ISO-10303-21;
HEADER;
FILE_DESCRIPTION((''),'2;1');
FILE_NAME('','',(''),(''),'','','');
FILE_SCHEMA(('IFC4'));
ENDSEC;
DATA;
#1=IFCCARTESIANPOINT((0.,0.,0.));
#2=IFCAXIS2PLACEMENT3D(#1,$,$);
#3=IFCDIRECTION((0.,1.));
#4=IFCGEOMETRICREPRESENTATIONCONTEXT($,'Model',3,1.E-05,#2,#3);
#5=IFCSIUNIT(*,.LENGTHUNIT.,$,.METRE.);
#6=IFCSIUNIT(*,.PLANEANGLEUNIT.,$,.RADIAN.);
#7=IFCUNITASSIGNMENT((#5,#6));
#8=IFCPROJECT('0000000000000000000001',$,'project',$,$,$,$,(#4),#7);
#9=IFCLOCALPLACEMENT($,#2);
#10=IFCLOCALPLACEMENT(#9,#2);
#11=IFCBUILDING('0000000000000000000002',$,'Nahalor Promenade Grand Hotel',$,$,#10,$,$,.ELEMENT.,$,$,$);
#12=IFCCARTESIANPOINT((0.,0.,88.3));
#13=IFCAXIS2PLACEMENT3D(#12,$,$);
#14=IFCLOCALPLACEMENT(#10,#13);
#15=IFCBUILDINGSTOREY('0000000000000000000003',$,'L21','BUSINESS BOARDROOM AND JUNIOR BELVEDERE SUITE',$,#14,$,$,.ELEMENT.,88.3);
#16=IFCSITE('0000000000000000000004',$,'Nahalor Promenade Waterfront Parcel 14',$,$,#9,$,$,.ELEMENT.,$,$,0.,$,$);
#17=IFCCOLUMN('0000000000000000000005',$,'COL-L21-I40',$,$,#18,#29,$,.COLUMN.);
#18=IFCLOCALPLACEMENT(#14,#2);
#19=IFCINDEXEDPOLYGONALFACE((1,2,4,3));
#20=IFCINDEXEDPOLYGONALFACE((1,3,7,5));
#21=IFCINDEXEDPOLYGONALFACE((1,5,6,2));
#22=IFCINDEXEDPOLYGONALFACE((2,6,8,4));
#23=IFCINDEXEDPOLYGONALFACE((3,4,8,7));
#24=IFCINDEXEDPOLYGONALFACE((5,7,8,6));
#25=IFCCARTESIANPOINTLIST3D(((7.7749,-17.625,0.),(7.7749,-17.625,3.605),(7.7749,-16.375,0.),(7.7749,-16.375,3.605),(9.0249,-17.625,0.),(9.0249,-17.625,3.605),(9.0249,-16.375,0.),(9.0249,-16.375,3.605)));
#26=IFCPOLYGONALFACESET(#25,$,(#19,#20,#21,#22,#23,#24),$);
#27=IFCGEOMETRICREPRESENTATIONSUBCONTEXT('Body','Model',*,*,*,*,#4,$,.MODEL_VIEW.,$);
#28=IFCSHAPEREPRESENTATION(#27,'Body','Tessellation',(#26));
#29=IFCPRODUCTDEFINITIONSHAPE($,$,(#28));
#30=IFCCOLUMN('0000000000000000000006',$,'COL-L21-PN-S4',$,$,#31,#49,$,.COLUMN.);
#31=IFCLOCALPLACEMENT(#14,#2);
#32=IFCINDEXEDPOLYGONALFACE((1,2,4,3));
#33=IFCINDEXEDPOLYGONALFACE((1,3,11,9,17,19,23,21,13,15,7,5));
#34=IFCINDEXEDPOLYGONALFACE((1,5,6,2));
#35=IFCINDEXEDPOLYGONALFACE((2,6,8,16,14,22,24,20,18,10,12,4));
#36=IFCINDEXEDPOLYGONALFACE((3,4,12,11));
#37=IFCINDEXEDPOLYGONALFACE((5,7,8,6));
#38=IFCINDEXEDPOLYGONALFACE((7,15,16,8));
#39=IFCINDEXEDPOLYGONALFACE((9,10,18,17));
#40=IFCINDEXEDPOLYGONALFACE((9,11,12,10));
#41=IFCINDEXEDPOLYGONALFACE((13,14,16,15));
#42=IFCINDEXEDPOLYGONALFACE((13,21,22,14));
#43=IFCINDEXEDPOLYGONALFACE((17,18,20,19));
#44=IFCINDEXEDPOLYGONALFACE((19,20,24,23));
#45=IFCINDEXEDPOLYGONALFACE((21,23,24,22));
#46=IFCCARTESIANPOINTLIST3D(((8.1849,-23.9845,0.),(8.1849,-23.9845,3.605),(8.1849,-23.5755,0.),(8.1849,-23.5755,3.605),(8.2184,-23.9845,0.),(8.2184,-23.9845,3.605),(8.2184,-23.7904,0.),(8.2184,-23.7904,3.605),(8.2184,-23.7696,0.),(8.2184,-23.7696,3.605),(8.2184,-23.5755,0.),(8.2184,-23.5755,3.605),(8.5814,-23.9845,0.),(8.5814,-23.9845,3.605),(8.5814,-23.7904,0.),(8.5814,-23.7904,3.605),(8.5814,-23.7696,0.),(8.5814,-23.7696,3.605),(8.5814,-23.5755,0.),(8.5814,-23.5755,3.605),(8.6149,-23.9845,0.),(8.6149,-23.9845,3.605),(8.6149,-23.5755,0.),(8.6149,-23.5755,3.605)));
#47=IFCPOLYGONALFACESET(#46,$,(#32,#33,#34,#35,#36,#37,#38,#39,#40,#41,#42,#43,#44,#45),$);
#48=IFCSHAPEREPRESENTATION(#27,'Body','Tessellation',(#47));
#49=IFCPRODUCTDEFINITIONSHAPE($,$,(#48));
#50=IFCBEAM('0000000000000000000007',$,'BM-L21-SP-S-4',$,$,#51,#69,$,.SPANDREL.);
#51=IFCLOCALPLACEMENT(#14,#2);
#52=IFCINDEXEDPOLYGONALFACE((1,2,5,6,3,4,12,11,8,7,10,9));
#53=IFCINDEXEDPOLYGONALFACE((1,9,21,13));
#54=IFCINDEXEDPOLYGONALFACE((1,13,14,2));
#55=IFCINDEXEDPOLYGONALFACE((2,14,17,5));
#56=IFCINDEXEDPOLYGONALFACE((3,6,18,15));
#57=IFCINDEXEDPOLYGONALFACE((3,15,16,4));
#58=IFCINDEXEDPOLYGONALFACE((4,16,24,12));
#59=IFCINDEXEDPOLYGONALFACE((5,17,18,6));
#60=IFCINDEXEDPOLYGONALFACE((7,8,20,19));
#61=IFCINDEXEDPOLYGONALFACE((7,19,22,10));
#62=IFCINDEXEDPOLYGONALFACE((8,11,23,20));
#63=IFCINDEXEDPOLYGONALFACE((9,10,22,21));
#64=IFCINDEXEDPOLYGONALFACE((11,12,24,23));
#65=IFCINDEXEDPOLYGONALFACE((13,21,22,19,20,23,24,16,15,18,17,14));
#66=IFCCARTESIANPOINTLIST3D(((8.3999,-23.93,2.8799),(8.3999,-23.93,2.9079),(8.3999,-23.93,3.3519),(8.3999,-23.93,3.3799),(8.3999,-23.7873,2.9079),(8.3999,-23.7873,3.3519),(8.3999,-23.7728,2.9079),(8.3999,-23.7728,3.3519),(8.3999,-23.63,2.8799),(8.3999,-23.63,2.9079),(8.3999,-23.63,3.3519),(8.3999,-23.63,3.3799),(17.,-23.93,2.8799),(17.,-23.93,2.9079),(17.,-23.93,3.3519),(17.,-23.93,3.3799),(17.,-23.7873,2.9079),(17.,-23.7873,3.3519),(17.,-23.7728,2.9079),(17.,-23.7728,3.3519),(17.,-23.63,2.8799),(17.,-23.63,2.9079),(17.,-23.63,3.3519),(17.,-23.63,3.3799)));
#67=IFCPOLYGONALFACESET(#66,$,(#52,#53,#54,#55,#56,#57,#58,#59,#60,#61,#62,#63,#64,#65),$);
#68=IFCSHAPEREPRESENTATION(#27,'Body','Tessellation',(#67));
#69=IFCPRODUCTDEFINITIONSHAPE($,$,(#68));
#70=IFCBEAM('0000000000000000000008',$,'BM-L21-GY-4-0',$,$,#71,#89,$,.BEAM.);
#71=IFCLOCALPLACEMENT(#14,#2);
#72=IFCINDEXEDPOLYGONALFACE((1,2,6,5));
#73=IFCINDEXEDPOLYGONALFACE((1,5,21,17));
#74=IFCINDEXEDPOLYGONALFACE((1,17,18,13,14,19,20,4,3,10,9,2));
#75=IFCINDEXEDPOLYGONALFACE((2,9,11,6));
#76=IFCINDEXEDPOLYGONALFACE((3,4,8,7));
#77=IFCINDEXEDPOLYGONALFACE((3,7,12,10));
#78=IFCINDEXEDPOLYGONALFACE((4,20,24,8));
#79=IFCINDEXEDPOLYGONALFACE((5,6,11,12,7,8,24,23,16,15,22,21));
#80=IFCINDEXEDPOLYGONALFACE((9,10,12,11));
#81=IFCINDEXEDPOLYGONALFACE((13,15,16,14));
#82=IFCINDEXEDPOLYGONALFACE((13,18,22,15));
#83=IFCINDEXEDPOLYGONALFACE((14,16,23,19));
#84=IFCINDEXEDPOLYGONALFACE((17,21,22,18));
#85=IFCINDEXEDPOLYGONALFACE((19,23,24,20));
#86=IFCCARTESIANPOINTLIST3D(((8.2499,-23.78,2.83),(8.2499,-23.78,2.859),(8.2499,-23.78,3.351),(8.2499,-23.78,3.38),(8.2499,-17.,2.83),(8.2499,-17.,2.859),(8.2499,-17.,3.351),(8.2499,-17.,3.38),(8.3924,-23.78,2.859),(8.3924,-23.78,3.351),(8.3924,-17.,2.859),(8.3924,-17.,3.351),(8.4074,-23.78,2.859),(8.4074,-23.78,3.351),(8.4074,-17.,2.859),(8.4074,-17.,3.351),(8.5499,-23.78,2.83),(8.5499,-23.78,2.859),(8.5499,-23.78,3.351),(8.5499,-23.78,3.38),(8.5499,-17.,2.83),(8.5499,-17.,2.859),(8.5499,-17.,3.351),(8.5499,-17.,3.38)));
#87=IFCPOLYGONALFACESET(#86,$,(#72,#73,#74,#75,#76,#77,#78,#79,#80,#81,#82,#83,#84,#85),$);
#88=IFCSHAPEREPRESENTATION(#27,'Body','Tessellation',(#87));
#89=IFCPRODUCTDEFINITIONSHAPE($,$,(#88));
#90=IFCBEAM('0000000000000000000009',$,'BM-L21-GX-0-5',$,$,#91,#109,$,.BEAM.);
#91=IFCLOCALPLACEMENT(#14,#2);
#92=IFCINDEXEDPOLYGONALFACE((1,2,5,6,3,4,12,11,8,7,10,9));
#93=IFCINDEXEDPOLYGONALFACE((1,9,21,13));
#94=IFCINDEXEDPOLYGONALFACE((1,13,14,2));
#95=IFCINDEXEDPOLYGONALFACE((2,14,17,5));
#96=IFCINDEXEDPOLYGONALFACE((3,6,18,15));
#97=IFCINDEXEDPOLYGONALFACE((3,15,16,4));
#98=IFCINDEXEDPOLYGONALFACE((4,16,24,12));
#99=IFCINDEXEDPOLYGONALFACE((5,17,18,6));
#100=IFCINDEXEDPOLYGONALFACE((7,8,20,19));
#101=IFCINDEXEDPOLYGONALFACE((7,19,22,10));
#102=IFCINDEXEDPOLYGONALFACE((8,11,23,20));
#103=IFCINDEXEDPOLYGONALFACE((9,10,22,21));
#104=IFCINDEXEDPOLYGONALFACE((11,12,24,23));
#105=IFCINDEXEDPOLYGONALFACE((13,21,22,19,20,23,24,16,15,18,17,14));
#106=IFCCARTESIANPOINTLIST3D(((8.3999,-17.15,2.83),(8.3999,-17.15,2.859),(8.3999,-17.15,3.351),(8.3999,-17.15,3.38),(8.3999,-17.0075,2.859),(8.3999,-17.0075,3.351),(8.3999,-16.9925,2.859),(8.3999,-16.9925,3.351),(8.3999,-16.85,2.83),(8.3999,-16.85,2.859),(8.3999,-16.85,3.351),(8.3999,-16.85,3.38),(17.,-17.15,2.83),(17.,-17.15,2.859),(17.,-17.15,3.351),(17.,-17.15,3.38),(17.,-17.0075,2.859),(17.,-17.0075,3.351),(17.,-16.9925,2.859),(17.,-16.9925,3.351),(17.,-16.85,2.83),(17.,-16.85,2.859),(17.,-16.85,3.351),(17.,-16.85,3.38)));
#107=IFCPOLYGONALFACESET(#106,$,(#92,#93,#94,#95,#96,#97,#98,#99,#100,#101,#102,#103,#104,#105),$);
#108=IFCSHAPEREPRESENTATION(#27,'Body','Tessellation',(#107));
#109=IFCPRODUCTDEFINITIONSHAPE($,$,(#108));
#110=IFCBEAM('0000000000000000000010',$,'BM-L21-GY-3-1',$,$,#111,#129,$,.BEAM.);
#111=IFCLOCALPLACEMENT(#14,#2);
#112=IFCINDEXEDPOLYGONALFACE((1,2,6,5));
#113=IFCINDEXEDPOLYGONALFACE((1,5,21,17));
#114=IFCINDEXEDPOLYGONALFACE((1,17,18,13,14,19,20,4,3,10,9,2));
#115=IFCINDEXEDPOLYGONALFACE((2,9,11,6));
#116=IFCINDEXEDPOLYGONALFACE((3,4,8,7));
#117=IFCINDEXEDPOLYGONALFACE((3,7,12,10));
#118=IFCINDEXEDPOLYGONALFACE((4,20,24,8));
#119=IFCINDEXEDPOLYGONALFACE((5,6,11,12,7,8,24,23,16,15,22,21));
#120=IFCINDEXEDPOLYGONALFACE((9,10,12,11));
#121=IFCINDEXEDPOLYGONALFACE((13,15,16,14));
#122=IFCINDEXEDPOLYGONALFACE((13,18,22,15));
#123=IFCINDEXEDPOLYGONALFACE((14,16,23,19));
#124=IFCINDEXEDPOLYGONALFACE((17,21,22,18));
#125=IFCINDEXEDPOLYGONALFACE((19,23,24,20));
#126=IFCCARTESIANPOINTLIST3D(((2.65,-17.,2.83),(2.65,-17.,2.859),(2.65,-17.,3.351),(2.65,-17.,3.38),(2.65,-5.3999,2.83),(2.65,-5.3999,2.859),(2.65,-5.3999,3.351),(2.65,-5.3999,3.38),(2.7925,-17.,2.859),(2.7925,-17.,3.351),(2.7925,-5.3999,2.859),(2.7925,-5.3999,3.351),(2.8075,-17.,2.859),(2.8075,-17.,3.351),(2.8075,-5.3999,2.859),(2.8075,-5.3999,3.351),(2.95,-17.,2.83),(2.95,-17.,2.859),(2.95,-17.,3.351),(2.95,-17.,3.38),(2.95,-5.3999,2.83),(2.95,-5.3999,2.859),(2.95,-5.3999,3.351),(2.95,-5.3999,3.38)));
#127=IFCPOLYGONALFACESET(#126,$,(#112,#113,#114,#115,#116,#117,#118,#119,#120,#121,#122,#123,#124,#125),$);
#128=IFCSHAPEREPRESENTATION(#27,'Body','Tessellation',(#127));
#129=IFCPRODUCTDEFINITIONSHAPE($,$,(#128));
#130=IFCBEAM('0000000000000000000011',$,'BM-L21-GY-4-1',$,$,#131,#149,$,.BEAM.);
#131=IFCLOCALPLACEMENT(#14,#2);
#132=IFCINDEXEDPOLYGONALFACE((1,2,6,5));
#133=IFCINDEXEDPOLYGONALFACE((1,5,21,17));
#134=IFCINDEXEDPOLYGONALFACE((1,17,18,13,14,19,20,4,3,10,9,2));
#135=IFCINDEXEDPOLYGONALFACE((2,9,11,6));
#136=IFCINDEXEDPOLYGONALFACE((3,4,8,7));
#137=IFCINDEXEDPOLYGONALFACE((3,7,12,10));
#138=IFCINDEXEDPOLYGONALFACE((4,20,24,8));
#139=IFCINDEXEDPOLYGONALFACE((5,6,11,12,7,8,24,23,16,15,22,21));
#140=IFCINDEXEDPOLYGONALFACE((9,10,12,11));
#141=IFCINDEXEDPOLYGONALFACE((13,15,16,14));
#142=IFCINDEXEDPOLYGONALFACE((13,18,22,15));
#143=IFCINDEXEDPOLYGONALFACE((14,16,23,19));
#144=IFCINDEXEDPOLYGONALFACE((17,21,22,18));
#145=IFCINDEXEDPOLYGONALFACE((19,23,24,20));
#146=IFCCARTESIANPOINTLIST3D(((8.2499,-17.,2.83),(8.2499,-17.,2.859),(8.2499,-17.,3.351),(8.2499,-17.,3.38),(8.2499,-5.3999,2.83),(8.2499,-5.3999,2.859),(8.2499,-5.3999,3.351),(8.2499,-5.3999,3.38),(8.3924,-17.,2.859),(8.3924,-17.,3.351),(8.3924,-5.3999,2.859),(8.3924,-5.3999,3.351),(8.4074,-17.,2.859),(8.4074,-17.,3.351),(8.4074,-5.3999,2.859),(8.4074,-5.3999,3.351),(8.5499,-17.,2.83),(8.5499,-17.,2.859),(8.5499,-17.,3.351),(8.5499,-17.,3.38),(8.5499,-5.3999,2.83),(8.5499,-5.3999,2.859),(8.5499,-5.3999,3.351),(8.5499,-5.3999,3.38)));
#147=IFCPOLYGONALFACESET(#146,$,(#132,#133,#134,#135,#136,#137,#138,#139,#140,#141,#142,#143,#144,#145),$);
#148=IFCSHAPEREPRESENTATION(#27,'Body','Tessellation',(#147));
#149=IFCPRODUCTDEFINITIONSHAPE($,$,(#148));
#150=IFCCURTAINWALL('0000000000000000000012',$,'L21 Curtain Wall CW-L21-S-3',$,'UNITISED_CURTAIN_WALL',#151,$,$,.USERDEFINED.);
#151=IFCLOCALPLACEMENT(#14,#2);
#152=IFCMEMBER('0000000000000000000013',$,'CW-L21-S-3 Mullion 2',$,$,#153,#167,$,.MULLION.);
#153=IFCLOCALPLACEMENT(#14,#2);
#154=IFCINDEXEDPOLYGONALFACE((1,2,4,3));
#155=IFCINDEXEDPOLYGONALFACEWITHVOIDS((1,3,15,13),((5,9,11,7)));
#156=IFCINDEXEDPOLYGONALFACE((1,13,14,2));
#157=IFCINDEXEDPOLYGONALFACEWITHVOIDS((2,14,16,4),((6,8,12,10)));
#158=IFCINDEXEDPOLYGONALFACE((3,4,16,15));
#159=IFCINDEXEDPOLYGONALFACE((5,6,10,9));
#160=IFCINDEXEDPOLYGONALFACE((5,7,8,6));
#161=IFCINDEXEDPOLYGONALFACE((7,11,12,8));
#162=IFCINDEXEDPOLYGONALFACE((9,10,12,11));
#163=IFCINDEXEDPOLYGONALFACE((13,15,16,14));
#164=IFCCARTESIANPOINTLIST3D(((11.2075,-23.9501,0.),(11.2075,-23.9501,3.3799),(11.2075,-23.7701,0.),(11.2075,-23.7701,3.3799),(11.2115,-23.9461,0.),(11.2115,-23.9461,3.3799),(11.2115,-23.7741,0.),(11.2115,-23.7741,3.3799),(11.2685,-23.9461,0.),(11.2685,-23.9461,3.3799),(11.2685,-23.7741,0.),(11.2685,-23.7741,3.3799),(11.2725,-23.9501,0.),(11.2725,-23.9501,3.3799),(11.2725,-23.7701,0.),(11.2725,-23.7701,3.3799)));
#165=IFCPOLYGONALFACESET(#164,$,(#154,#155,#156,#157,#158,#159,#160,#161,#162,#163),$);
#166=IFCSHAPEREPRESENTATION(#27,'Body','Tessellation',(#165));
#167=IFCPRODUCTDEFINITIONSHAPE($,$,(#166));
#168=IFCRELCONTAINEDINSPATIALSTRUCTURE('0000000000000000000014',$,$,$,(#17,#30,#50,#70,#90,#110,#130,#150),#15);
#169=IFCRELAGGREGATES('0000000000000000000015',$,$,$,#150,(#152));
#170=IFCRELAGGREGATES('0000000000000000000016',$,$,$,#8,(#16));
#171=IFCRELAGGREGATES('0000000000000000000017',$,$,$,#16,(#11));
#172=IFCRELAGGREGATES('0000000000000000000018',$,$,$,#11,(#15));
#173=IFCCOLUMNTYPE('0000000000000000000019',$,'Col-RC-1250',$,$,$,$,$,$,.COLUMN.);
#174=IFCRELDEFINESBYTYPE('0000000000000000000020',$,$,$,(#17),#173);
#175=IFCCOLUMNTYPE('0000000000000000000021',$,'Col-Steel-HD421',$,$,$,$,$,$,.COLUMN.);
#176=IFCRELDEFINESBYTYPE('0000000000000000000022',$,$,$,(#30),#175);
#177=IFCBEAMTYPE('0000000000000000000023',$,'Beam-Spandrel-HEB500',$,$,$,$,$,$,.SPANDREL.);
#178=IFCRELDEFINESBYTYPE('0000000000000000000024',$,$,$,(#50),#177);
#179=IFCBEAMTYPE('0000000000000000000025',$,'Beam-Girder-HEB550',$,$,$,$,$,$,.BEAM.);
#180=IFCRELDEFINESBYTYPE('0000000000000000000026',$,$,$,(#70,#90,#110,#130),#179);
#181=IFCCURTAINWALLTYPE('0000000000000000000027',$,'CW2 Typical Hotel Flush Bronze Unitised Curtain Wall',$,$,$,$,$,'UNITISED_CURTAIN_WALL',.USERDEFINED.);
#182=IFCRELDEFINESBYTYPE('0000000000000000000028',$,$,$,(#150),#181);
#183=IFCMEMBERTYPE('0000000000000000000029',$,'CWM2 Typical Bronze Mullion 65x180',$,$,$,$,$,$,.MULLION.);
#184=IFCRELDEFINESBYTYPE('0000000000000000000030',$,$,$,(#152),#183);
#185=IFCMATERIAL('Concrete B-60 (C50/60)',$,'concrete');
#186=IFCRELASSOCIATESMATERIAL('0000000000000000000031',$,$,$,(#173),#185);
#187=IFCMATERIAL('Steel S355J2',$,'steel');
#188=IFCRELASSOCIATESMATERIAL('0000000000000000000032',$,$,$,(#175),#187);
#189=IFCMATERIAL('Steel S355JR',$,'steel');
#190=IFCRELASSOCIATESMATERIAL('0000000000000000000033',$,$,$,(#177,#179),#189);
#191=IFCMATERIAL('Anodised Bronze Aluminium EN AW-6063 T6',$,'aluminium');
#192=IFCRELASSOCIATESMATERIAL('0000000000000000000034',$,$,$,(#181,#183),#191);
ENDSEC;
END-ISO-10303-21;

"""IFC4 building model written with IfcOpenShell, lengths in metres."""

from ifc_helpers import new_model, si_unit, direction, frame, origin, origin_2d, place, context, subcontext, project, spatial, rectangle, hollow_rectangle, i_section, extrude, source, transform, mapped, material, material_profile, profile_set, type_object, element, aggregate, save


model = new_model("IFC4")

# Units and contexts
model_context = context("Model", 3, precision=1e-05, world=origin(), true_north=direction((0.0, 1.0)))
body_context = subcontext(model_context, "Body", "Model", "MODEL_VIEW")
ifc_project = project(units=[si_unit("LENGTHUNIT", "METRE"), si_unit("PLANEANGLEUNIT", "RADIAN")], contexts=[model_context])

# Site, building, storey
site_placement = place(None, origin())
site = spatial("IfcSite", under=ifc_project, at=site_placement, Name="Nahalor Promenade Waterfront Parcel 14", CompositionType="ELEMENT", RefElevation=0.0)
building_placement = place(site_placement, origin())
building = spatial("IfcBuilding", under=site, at=building_placement, Name="Nahalor Promenade Grand Hotel", CompositionType="ELEMENT")
storey_placement = place(building_placement, frame((0.0, 0.0, 88.3)))
storey = spatial("IfcBuildingStorey", under=building, at=storey_placement, Name="L21", Description="BUSINESS BOARDROOM AND JUNIOR BELVEDERE SUITE", CompositionType="ELEMENT", Elevation=88.3)

# Columns
ifc_material_1 = material(Name="Concrete B-60 (C50/60)", Category="concrete")
ifc_material_profile_1 = material_profile(ifc_material_1, rectangle(XDim=1.25, YDim=1.25, at=origin_2d()), Name="RC 1250x1250")
ifc_profile_set_1 = profile_set([ifc_material_profile_1], Name="Concrete B-60 (C50/60)")
column_type_1 = type_object("IfcColumnType", Name="Col-RC-1250", PredefinedType="COLUMN", material=ifc_profile_set_1)
shared_shape_1 = source(origin(), body_context, "Body", "SweptSolid", [
    extrude(rectangle(XDim=1.25, YDim=1.25, at=origin_2d()), origin(), (0.0, 0.0, 1.0), 3.605),
])
column_1_placement = place(storey_placement, frame((8.3999, -17.0, 0.0), z_axis=(0.0, 0.0, 1.0), x_axis=(1.0, 0.0, 0.0)))
element("IfcColumn", 1, at=column_1_placement, inside=storey, type_object=column_type_1, Name="COL-L21-I40", PredefinedType="COLUMN", context=body_context, shape_type="MappedRepresentation", body=[
    mapped(shared_shape_1, transform((0.0, 0.0, 0.0), scale=1.0)),
])
ifc_material_2 = material(Name="Steel S355J2", Category="steel")
ifc_material_profile_2 = material_profile(ifc_material_2, i_section(OverallWidth=0.409, OverallDepth=0.43, WebThickness=0.0208, FlangeThickness=0.0335, at=origin_2d()), Name="HD 400x421")
ifc_profile_set_2 = profile_set([ifc_material_profile_2], Name="Steel S355J2")
column_type_2 = type_object("IfcColumnType", Name="Col-Steel-HD421", PredefinedType="COLUMN", material=ifc_profile_set_2)
shared_shape_2 = source(origin(), body_context, "Body", "SweptSolid", [
    extrude(i_section(OverallWidth=0.409, OverallDepth=0.43, WebThickness=0.0208, FlangeThickness=0.0335, at=origin_2d()), origin(), (0.0, 0.0, 1.0), 3.605),
])
column_2_placement = place(storey_placement, frame((8.3999, -23.78, 0.0), z_axis=(0.0, 0.0, 1.0), x_axis=(0.0, 1.0, 0.0)))
element("IfcColumn", 2, at=column_2_placement, inside=storey, type_object=column_type_2, Name="COL-L21-PN-S4", PredefinedType="COLUMN", context=body_context, shape_type="MappedRepresentation", body=[
    mapped(shared_shape_2, transform((0.0, 0.0, 0.0), scale=1.0)),
])

# Beams
ifc_material_3 = material(Name="Steel S355JR", Category="steel")
ifc_material_profile_3 = material_profile(ifc_material_3, i_section(OverallWidth=0.3, OverallDepth=0.5, WebThickness=0.0145, FlangeThickness=0.028, at=origin_2d()), Name="HEB 500")
ifc_profile_set_3 = profile_set([ifc_material_profile_3], Name="Steel S355JR")
beam_type_1 = type_object("IfcBeamType", Name="Beam-Spandrel-HEB500", PredefinedType="SPANDREL", material=ifc_profile_set_3)
shared_shape_3 = source(origin(), body_context, "Body", "SweptSolid", [
    extrude(i_section(OverallWidth=0.3, OverallDepth=0.5, WebThickness=0.0145, FlangeThickness=0.028, at=origin_2d()), origin(), (0.0, 0.0, 1.0), 8.6001),
])
beam_1_placement = place(storey_placement, frame((8.3999, -23.78, 3.1299), z_axis=(1.0, 0.0, 0.0), x_axis=(0.0, 1.0, 0.0)))
element("IfcBeam", 3, at=beam_1_placement, inside=storey, type_object=beam_type_1, Name="BM-L21-SP-S-4", PredefinedType="SPANDREL", context=body_context, shape_type="MappedRepresentation", body=[
    mapped(shared_shape_3, transform((0.0, 0.0, 0.0), scale=1.0)),
])
ifc_material_profile_4 = material_profile(ifc_material_3, i_section(OverallWidth=0.3, OverallDepth=0.55, WebThickness=0.015, FlangeThickness=0.029, at=origin_2d()), Name="HEB 550")
ifc_profile_set_4 = profile_set([ifc_material_profile_4], Name="Steel S355JR")
beam_type_2 = type_object("IfcBeamType", Name="Beam-Girder-HEB550", PredefinedType="BEAM", material=ifc_profile_set_4)
shared_shape_4 = source(origin(), body_context, "Body", "SweptSolid", [
    extrude(i_section(OverallWidth=0.3, OverallDepth=0.55, WebThickness=0.015, FlangeThickness=0.029, at=origin_2d()), origin(), (0.0, 0.0, 1.0), 6.78),
])
beam_2_placement = place(storey_placement, frame((8.3999, -23.78, 3.105), z_axis=(0.0, 1.0, 0.0), x_axis=(-1.0, 0.0, 0.0)))
element("IfcBeam", 4, at=beam_2_placement, inside=storey, type_object=beam_type_2, Name="BM-L21-GY-4-0", PredefinedType="BEAM", context=body_context, shape_type="MappedRepresentation", body=[
    mapped(shared_shape_4, transform((0.0, 0.0, 0.0), scale=1.0)),
])
shared_shape_5 = source(origin(), body_context, "Body", "SweptSolid", [
    extrude(i_section(OverallWidth=0.3, OverallDepth=0.55, WebThickness=0.015, FlangeThickness=0.029, at=origin_2d()), origin(), (0.0, 0.0, 1.0), 8.6001),
])
beam_3_placement = place(storey_placement, frame((8.3999, -17.0, 3.105), z_axis=(1.0, 0.0, 0.0), x_axis=(0.0, 1.0, 0.0)))
element("IfcBeam", 5, at=beam_3_placement, inside=storey, type_object=beam_type_2, Name="BM-L21-GX-0-5", PredefinedType="BEAM", context=body_context, shape_type="MappedRepresentation", body=[
    mapped(shared_shape_5, transform((0.0, 0.0, 0.0), scale=1.0)),
])
shared_shape_6 = source(origin(), body_context, "Body", "SweptSolid", [
    extrude(i_section(OverallWidth=0.3, OverallDepth=0.55, WebThickness=0.015, FlangeThickness=0.029, at=origin_2d()), origin(), (0.0, 0.0, 1.0), 11.6001),
])
for number, where, z_axis, x_axis, name in (
    (6, (2.8, -17.0, 3.105), (0.0, 1.0, 0.0), (-1.0, 0.0, 0.0), "BM-L21-GY-3-1"),
    (7, (8.3999, -17.0, 3.105), (0.0, 1.0, 0.0), (-1.0, 0.0, 0.0), "BM-L21-GY-4-1"),
):
    element("IfcBeam", number, at=place(storey_placement, frame(where, z_axis=z_axis, x_axis=x_axis)), inside=storey, type_object=beam_type_2, Name=name, PredefinedType="BEAM", context=body_context, shape_type="MappedRepresentation", body=[
        mapped(shared_shape_6, transform((0.0, 0.0, 0.0), scale=1.0)),
    ])

# Curtain wall, member
ifc_material_4 = material(Name="Anodised Bronze Aluminium EN AW-6063 T6", Category="aluminium")
curtain_wall_type = type_object("IfcCurtainWallType", Name="CW2 Typical Hotel Flush Bronze Unitised Curtain Wall", ElementType="UNITISED_CURTAIN_WALL", PredefinedType="USERDEFINED", material=ifc_material_4)
curtain_wall_placement = place(storey_placement, origin())
curtain_wall = element("IfcCurtainWall", 8, at=curtain_wall_placement, inside=storey, type_object=curtain_wall_type, Name="L21 Curtain Wall CW-L21-S-3", ObjectType="UNITISED_CURTAIN_WALL", PredefinedType="USERDEFINED")
ifc_material_profile_5 = material_profile(ifc_material_4, hollow_rectangle(XDim=0.065, YDim=0.18, WallThickness=0.004, at=origin_2d()), Name="CWM 65x180x4")
ifc_profile_set_5 = profile_set([ifc_material_profile_5], Name="Anodised Bronze Aluminium EN AW-6063 T6")
member_type_1 = type_object("IfcMemberType", Name="CWM2 Typical Bronze Mullion 65x180", PredefinedType="MULLION", material=ifc_profile_set_5)
shared_shape_7 = source(origin(), body_context, "Body", "SweptSolid", [
    extrude(hollow_rectangle(XDim=0.065, YDim=0.18, WallThickness=0.004, at=origin_2d()), origin(), (0.0, 0.0, 1.0), 3.3799),
])
member_1_placement = place(storey_placement, frame((11.24, -23.8601, 0.0), z_axis=(0.0, 0.0, 1.0), x_axis=(1.0, 0.0, 0.0)))
member_1 = element("IfcMember", 9, at=member_1_placement, type_object=member_type_1, Name="CW-L21-S-3 Mullion 2", PredefinedType="MULLION", context=body_context, shape_type="MappedRepresentation", body=[
    mapped(shared_shape_7, transform((0.0, 0.0, 0.0), scale=1.0)),
])
aggregate(curtain_wall, [member_1])

save(model, "model.ifc")
